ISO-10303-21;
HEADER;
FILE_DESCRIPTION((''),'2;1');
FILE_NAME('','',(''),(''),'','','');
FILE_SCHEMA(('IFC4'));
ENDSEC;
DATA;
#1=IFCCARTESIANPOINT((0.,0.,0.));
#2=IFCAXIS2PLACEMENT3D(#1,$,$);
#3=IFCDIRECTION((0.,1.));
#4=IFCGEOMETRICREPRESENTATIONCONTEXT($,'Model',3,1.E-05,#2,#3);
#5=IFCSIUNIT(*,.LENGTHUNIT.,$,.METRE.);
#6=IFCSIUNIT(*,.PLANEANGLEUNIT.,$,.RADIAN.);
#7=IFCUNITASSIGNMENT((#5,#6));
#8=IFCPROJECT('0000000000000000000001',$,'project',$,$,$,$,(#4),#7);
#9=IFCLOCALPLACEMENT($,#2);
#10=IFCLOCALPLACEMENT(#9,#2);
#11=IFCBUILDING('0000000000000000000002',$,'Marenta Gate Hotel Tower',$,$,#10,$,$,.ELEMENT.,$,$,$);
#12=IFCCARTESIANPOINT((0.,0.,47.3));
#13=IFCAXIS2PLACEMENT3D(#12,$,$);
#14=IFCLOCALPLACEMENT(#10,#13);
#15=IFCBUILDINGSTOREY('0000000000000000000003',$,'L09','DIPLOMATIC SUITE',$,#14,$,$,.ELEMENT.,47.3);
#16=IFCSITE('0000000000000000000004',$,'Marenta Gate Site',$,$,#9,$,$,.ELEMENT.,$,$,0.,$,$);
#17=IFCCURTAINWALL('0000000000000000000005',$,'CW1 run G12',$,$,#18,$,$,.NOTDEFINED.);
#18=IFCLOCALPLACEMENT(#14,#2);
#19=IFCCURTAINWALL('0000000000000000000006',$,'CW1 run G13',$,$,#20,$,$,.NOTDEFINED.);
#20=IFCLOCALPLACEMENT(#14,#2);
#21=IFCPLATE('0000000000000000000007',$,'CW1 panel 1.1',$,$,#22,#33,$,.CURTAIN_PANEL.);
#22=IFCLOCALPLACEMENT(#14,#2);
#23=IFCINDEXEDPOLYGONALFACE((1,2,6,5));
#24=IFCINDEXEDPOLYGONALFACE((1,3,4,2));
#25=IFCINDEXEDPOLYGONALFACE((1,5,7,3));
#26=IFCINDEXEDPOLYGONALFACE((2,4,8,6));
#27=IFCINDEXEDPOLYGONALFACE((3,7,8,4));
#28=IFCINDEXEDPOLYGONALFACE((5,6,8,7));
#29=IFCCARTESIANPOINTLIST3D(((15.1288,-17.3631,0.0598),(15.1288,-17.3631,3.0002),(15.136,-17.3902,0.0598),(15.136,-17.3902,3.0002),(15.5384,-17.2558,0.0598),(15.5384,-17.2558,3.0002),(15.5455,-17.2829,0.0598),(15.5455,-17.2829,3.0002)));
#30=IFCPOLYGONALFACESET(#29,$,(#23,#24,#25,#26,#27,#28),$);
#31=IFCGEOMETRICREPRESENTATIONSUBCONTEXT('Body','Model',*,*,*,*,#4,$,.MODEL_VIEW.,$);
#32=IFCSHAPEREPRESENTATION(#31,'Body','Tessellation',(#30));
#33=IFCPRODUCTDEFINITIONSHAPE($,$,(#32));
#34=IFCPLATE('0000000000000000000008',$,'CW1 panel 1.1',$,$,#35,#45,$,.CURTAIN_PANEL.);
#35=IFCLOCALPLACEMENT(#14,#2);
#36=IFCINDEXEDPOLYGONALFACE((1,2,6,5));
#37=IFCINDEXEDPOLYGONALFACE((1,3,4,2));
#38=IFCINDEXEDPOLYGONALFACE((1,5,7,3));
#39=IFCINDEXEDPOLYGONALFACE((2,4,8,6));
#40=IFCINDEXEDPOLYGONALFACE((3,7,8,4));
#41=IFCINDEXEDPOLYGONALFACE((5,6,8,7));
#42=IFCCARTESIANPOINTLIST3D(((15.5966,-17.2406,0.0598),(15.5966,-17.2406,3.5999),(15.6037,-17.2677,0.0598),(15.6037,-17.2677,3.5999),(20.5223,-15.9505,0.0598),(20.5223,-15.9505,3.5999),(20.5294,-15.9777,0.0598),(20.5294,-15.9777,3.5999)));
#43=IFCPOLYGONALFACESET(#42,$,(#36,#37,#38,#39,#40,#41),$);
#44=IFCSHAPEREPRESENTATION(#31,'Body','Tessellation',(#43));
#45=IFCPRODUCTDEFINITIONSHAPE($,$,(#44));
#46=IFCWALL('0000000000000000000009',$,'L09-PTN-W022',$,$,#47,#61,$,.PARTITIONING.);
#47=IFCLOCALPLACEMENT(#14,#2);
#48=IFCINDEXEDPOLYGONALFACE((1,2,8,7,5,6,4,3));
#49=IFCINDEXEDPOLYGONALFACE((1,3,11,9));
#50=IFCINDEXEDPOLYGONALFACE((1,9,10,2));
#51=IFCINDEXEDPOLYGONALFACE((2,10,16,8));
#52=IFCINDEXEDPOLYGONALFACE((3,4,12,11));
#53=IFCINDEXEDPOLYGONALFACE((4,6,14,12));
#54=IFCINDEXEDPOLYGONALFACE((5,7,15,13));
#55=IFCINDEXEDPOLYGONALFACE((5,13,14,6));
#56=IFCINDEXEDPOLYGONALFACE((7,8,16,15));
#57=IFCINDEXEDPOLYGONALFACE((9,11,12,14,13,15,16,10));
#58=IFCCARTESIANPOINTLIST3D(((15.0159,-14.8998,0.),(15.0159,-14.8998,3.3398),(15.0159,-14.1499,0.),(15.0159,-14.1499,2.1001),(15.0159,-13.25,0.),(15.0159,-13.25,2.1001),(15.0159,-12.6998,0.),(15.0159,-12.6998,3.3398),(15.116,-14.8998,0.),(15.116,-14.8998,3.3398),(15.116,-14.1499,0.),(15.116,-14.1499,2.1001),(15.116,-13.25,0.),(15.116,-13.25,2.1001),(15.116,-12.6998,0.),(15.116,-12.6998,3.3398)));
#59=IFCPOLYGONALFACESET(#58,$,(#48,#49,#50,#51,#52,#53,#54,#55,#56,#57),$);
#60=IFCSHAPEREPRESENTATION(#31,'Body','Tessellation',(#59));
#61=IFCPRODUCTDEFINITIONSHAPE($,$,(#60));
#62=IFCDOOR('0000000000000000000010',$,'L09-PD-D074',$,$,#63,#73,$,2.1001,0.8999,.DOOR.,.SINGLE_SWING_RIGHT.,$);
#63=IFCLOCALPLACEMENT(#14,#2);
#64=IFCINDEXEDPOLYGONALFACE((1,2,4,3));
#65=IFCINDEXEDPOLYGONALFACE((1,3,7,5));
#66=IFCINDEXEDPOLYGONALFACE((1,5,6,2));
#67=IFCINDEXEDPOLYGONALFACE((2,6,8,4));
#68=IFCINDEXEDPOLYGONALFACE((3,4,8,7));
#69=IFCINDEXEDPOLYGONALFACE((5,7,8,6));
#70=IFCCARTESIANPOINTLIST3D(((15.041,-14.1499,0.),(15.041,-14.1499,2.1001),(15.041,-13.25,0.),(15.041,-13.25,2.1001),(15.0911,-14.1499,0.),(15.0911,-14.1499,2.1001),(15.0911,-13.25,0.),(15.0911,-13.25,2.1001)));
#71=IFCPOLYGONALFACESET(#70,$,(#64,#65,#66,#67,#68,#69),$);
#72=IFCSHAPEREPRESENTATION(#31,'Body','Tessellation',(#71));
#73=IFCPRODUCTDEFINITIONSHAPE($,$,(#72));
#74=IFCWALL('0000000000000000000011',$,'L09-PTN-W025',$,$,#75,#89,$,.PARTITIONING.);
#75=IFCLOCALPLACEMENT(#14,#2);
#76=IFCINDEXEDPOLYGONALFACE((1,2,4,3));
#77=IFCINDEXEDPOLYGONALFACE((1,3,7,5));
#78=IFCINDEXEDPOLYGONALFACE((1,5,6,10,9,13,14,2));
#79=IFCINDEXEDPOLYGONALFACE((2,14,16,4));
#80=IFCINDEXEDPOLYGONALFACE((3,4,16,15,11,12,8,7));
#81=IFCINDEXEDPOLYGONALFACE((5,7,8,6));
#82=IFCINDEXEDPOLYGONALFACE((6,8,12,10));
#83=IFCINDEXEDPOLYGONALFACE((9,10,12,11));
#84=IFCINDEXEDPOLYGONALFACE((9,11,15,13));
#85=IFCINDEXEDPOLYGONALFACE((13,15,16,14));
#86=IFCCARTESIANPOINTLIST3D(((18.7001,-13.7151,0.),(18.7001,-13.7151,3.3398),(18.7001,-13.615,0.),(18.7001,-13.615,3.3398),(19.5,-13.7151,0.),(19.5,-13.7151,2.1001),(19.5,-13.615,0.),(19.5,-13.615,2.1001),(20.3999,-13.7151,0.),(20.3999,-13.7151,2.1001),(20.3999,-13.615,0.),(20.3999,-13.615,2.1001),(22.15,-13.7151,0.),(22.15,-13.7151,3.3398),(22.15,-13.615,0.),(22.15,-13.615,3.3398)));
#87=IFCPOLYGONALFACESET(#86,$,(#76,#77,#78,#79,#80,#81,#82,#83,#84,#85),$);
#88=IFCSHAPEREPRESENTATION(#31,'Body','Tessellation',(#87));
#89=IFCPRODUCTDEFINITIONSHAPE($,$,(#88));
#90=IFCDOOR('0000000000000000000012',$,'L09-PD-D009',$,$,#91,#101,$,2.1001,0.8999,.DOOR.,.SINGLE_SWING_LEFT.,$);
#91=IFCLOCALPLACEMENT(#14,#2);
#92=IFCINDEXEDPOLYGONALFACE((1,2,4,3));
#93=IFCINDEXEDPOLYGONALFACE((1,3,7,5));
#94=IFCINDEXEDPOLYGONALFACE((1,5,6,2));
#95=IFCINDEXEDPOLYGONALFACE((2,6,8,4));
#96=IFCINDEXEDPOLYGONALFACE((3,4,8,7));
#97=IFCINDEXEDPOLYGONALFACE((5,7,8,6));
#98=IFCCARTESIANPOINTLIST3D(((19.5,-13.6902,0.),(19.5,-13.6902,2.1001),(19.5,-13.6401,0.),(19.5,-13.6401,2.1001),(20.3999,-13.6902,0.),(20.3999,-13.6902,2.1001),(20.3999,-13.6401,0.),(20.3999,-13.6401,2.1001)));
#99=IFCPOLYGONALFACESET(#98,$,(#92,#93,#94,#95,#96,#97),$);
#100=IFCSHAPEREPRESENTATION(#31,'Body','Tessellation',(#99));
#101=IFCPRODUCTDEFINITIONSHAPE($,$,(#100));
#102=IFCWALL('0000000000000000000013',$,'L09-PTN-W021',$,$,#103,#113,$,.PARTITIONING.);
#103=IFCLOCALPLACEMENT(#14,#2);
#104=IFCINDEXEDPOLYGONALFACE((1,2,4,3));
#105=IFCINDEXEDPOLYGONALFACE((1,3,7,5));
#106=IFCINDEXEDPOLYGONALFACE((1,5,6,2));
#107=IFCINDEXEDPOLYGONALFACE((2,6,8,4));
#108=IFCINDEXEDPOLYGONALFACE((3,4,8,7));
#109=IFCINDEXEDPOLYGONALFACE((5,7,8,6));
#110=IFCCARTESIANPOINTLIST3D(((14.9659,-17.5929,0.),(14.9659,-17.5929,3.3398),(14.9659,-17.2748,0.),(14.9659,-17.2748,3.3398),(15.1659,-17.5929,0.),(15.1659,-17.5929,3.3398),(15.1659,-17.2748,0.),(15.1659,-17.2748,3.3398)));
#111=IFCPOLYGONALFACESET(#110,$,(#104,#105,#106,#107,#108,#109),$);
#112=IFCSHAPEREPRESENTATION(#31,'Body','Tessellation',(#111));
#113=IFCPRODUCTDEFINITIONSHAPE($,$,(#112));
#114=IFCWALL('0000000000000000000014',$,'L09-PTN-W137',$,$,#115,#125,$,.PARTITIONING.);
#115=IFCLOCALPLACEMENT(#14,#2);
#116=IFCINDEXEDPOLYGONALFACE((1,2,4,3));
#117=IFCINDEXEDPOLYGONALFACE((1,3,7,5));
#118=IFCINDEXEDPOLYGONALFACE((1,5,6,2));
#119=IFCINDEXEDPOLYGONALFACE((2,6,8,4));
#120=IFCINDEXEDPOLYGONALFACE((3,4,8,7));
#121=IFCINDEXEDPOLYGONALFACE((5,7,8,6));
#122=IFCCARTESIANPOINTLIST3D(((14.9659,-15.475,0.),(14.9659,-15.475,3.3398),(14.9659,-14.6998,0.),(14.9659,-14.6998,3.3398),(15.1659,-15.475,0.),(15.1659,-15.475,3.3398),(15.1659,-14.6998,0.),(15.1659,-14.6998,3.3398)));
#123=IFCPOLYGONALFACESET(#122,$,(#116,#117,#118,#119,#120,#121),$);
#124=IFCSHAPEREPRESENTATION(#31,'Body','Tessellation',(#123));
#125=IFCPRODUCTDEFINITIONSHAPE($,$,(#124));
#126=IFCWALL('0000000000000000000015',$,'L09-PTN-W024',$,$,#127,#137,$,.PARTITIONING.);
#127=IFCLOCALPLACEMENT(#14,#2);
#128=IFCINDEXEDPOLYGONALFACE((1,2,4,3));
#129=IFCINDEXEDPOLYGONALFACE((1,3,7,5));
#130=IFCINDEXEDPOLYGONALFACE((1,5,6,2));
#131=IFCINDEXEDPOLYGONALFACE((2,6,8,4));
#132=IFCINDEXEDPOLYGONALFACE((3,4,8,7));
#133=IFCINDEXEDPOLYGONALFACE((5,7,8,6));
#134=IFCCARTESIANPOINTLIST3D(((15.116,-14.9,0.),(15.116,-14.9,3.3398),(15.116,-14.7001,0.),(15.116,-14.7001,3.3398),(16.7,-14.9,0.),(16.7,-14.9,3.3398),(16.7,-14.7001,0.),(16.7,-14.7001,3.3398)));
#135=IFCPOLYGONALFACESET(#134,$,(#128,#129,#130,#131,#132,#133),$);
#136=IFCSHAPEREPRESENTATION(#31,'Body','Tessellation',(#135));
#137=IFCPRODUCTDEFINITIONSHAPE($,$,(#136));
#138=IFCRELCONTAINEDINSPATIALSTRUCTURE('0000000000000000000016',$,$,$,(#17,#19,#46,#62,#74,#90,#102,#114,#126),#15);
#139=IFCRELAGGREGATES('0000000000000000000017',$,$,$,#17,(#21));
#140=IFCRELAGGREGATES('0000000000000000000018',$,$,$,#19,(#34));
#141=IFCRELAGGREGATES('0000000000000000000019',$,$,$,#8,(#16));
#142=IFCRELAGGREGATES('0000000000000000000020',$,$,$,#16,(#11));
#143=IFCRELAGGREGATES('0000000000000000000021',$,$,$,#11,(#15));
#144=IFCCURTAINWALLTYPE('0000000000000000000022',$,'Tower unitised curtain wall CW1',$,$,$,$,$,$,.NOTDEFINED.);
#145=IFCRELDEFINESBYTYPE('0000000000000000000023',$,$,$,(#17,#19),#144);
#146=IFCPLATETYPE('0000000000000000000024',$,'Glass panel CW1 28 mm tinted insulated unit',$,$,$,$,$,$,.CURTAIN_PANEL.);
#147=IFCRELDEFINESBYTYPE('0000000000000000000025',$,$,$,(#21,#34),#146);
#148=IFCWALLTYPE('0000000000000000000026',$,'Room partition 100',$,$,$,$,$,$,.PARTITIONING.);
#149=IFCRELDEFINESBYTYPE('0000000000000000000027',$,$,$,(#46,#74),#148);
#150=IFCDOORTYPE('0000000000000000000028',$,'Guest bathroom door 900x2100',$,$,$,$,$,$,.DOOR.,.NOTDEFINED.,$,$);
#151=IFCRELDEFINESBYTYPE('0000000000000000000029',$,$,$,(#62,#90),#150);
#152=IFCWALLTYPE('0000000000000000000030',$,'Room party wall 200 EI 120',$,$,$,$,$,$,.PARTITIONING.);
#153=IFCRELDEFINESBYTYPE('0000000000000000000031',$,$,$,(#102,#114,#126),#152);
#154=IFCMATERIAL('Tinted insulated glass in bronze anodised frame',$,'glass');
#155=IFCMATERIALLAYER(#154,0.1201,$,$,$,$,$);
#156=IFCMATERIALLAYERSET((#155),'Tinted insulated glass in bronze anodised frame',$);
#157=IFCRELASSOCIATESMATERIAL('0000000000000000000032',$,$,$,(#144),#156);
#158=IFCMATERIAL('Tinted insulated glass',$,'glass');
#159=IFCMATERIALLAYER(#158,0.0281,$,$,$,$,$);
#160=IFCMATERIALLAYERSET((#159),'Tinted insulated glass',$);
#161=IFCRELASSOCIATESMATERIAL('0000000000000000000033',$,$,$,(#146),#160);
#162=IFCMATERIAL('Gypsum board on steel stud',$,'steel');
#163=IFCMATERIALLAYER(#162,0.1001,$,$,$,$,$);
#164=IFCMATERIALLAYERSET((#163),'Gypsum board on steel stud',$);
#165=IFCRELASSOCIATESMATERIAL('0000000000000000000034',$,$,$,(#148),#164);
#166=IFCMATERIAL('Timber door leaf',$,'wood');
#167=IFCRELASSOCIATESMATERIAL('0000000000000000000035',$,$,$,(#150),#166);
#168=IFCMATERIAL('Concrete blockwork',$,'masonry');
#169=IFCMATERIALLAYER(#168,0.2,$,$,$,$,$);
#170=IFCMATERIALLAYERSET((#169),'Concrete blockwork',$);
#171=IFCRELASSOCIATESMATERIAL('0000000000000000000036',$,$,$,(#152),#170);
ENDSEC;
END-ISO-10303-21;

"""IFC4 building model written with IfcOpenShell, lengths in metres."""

from ifc_helpers import new_model, si_unit, direction, frame, frame_2d, origin, origin_2d, place, context, subcontext, project, spatial, rectangle, extrude, material, layer, layer_set, type_object, element, fill, aggregate, save


model = new_model("IFC4")

# Units and contexts
model_context = context("Model", 3, precision=1e-05, world=origin(), true_north=direction((0.0, 1.0)))
body_context = subcontext(model_context, "Body", "Model", "MODEL_VIEW")
ifc_project = project(units=[si_unit("LENGTHUNIT", "METRE"), si_unit("PLANEANGLEUNIT", "RADIAN")], contexts=[model_context])

# Site, building, storey
site_placement = place(None, origin())
site = spatial("IfcSite", under=ifc_project, at=site_placement, Name="Marenta Gate Site", CompositionType="ELEMENT", RefElevation=0.0)
building_placement = place(site_placement, origin())
building = spatial("IfcBuilding", under=site, at=building_placement, Name="Marenta Gate Hotel Tower", CompositionType="ELEMENT")
storey_placement = place(building_placement, frame((0.0, 0.0, 47.3)))
storey = spatial("IfcBuildingStorey", under=building, at=storey_placement, Name="L09", Description="DIPLOMATIC SUITE", CompositionType="ELEMENT", Elevation=47.3)

# Curtain wall
ifc_material_1 = material(Name="Tinted insulated glass in bronze anodised frame", Category="glass")
ifc_layer_1 = layer(ifc_material_1, 0.1201)
ifc_layer_set_1 = layer_set([ifc_layer_1], Name="Tinted insulated glass in bronze anodised frame")
curtain_wall_type = type_object("IfcCurtainWallType", Name="Tower unitised curtain wall CW1", PredefinedType="NOTDEFINED", material=ifc_layer_set_1)
curtain_wall_1_placement = place(storey_placement, origin())
curtain_wall_1 = element("IfcCurtainWall", 1, at=curtain_wall_1_placement, inside=storey, type_object=curtain_wall_type, Name="CW1 run G12", PredefinedType="NOTDEFINED")

# Curtain wall
curtain_wall_2_placement = place(storey_placement, origin())
curtain_wall_2 = element("IfcCurtainWall", 2, at=curtain_wall_2_placement, inside=storey, type_object=curtain_wall_type, Name="CW1 run G13", PredefinedType="NOTDEFINED")

# Plates
ifc_material_2 = material(Name="Tinted insulated glass", Category="glass")
ifc_layer_2 = layer(ifc_material_2, 0.0281)
ifc_layer_set_2 = layer_set([ifc_layer_2], Name="Tinted insulated glass")
plate_type = type_object("IfcPlateType", Name="Glass panel CW1 28 mm tinted insulated unit", PredefinedType="CURTAIN_PANEL", material=ifc_layer_set_2)
plate_1_placement = place(storey_placement, frame((15.3372, -17.323, 0.0598), z_axis=(0.0, 0.0, 1.0), x_axis=(0.967355, 0.253424, 0.0)))
plate_1 = element("IfcPlate", 3, at=plate_1_placement, type_object=plate_type, Name="CW1 panel 1.1", PredefinedType="CURTAIN_PANEL", context=body_context, shape_type="SweptSolid", body=[
    extrude(rectangle(XDim=0.4233, YDim=0.0281, at=origin_2d()), origin(), (0.0, 0.0, 1.0), 2.9404),
])
aggregate(curtain_wall_1, [plate_1])
plate_2_placement = place(storey_placement, frame((18.063, -16.6091, 0.0598), z_axis=(0.0, 0.0, 1.0), x_axis=(0.967371, 0.253364, 0.0)))
plate_2 = element("IfcPlate", 4, at=plate_2_placement, type_object=plate_type, Name="CW1 panel 1.1", PredefinedType="CURTAIN_PANEL", context=body_context, shape_type="SweptSolid", body=[
    extrude(rectangle(XDim=5.0918, YDim=0.0281, at=origin_2d()), origin(), (0.0, 0.0, 1.0), 3.54),
])
aggregate(curtain_wall_2, [plate_2])

# Walls, openings, doors
ifc_material_3 = material(Name="Gypsum board on steel stud", Category="steel")
ifc_layer_3 = layer(ifc_material_3, 0.1001)
ifc_layer_set_3 = layer_set([ifc_layer_3], Name="Gypsum board on steel stud")
wall_type_1 = type_object("IfcWallType", Name="Room partition 100", PredefinedType="PARTITIONING", material=ifc_layer_set_3)
wall_1_placement = place(storey_placement, frame((15.0659, -14.8999, 0.0), z_axis=(0.0, 0.0, 1.0), x_axis=(0.0, 1.0, 0.0)))
wall_1 = element("IfcWall", 5, at=wall_1_placement, inside=storey, type_object=wall_type_1, Name="L09-PTN-W022", PredefinedType="PARTITIONING", context=body_context, shape_type="SweptSolid", body=[
    extrude(rectangle(XDim=2.2, YDim=0.1001, at=frame_2d((1.1001, 0.0))), origin(), (0.0, 0.0, 1.0), 3.3398),
])
opening_1_placement = place(wall_1_placement, frame((0.75, 0.0, 0.0)))
opening_1 = element("IfcOpeningElement", 6, at=opening_1_placement, cuts=wall_1, PredefinedType="OPENING", context=body_context, shape_type="SweptSolid", body=[
    extrude(rectangle(XDim=0.8999, YDim=2.1001, at=frame_2d((0.45, 1.05))), frame((0.0, 0.05, 0.0), z_axis=(0.0, -1.0, 0.0), x_axis=(1.0, 0.0, 0.0)), (0.0, 0.0, 1.0), 0.1001),
])
ifc_material_4 = material(Name="Timber door leaf", Category="wood")
door_type_1 = type_object("IfcDoorType", Name="Guest bathroom door 900x2100", OperationType="NOTDEFINED", PredefinedType="DOOR", material=ifc_material_4)
door_1_placement = place(opening_1_placement, origin())
door_1 = element("IfcDoor", 7, at=door_1_placement, inside=storey, type_object=door_type_1, Name="L09-PD-D074", OperationType="SINGLE_SWING_RIGHT", OverallHeight=2.1001, OverallWidth=0.8999, PredefinedType="DOOR", context=body_context, shape_type="SweptSolid", body=[
    extrude(rectangle(XDim=0.8999, YDim=2.1001, at=frame_2d((0.45, 1.05))), frame((0.0, 0.0249, 0.0), z_axis=(0.0, -1.0, 0.0), x_axis=(1.0, 0.0, 0.0)), (0.0, 0.0, 1.0), 0.05),
])
fill(opening_1, door_1)
wall_2_placement = place(storey_placement, frame((18.7, -13.665, 0.0), z_axis=(0.0, 0.0, 1.0), x_axis=(1.0, 0.0, 0.0)))
wall_2 = element("IfcWall", 8, at=wall_2_placement, inside=storey, type_object=wall_type_1, Name="L09-PTN-W025", PredefinedType="PARTITIONING", context=body_context, shape_type="SweptSolid", body=[
    extrude(rectangle(XDim=3.45, YDim=0.1001, at=frame_2d((1.7251, 0.0))), origin(), (0.0, 0.0, 1.0), 3.3398),
])
opening_2_placement = place(wall_2_placement, frame((0.8, 0.0, 0.0)))
opening_2 = element("IfcOpeningElement", 9, at=opening_2_placement, cuts=wall_2, PredefinedType="OPENING", context=body_context, shape_type="SweptSolid", body=[
    extrude(rectangle(XDim=0.8999, YDim=2.1001, at=frame_2d((0.45, 1.05))), frame((0.0, 0.05, 0.0), z_axis=(0.0, -1.0, 0.0), x_axis=(1.0, 0.0, 0.0)), (0.0, 0.0, 1.0), 0.1001),
])
door_2_placement = place(opening_2_placement, origin())
door_2 = element("IfcDoor", 10, at=door_2_placement, inside=storey, type_object=door_type_1, Name="L09-PD-D009", OperationType="SINGLE_SWING_LEFT", OverallHeight=2.1001, OverallWidth=0.8999, PredefinedType="DOOR", context=body_context, shape_type="SweptSolid", body=[
    extrude(rectangle(XDim=0.8999, YDim=2.1001, at=frame_2d((0.45, 1.05))), frame((0.0, 0.0249, 0.0), z_axis=(0.0, -1.0, 0.0), x_axis=(1.0, 0.0, 0.0)), (0.0, 0.0, 1.0), 0.05),
])
fill(opening_2, door_2)

# Walls
ifc_material_5 = material(Name="Concrete blockwork", Category="masonry")
ifc_layer_4 = layer(ifc_material_5, 0.2)
ifc_layer_set_4 = layer_set([ifc_layer_4], Name="Concrete blockwork")
wall_type_2 = type_object("IfcWallType", Name="Room party wall 200 EI 120", PredefinedType="PARTITIONING", material=ifc_layer_set_4)
wall_3_placement = place(storey_placement, frame((15.0659, -17.593, 0.0), z_axis=(0.0, 0.0, 1.0), x_axis=(0.0, 1.0, 0.0)))
element("IfcWall", 11, at=wall_3_placement, inside=storey, type_object=wall_type_2, Name="L09-PTN-W021", PredefinedType="PARTITIONING", context=body_context, shape_type="SweptSolid", body=[
    extrude(rectangle(XDim=0.3181, YDim=0.2, at=frame_2d((0.1592, 0.0))), origin(), (0.0, 0.0, 1.0), 3.3398),
])
wall_4_placement = place(storey_placement, frame((15.0659, -15.4751, 0.0), z_axis=(0.0, 0.0, 1.0), x_axis=(0.0, 1.0, 0.0)))
element("IfcWall", 12, at=wall_4_placement, inside=storey, type_object=wall_type_2, Name="L09-PTN-W137", PredefinedType="PARTITIONING", context=body_context, shape_type="SweptSolid", body=[
    extrude(rectangle(XDim=0.7751, YDim=0.2, at=frame_2d((0.3877, 0.0))), origin(), (0.0, 0.0, 1.0), 3.3398),
])
wall_5_placement = place(storey_placement, frame((15.116, -14.8, 0.0), z_axis=(0.0, 0.0, 1.0), x_axis=(1.0, 0.0, 0.0)))
element("IfcWall", 13, at=wall_5_placement, inside=storey, type_object=wall_type_2, Name="L09-PTN-W024", PredefinedType="PARTITIONING", context=body_context, shape_type="SweptSolid", body=[
    extrude(rectangle(XDim=1.584, YDim=0.2, at=frame_2d((0.792, 0.0))), origin(), (0.0, 0.0, 1.0), 3.3398),
])

save(model, "model.ifc")
